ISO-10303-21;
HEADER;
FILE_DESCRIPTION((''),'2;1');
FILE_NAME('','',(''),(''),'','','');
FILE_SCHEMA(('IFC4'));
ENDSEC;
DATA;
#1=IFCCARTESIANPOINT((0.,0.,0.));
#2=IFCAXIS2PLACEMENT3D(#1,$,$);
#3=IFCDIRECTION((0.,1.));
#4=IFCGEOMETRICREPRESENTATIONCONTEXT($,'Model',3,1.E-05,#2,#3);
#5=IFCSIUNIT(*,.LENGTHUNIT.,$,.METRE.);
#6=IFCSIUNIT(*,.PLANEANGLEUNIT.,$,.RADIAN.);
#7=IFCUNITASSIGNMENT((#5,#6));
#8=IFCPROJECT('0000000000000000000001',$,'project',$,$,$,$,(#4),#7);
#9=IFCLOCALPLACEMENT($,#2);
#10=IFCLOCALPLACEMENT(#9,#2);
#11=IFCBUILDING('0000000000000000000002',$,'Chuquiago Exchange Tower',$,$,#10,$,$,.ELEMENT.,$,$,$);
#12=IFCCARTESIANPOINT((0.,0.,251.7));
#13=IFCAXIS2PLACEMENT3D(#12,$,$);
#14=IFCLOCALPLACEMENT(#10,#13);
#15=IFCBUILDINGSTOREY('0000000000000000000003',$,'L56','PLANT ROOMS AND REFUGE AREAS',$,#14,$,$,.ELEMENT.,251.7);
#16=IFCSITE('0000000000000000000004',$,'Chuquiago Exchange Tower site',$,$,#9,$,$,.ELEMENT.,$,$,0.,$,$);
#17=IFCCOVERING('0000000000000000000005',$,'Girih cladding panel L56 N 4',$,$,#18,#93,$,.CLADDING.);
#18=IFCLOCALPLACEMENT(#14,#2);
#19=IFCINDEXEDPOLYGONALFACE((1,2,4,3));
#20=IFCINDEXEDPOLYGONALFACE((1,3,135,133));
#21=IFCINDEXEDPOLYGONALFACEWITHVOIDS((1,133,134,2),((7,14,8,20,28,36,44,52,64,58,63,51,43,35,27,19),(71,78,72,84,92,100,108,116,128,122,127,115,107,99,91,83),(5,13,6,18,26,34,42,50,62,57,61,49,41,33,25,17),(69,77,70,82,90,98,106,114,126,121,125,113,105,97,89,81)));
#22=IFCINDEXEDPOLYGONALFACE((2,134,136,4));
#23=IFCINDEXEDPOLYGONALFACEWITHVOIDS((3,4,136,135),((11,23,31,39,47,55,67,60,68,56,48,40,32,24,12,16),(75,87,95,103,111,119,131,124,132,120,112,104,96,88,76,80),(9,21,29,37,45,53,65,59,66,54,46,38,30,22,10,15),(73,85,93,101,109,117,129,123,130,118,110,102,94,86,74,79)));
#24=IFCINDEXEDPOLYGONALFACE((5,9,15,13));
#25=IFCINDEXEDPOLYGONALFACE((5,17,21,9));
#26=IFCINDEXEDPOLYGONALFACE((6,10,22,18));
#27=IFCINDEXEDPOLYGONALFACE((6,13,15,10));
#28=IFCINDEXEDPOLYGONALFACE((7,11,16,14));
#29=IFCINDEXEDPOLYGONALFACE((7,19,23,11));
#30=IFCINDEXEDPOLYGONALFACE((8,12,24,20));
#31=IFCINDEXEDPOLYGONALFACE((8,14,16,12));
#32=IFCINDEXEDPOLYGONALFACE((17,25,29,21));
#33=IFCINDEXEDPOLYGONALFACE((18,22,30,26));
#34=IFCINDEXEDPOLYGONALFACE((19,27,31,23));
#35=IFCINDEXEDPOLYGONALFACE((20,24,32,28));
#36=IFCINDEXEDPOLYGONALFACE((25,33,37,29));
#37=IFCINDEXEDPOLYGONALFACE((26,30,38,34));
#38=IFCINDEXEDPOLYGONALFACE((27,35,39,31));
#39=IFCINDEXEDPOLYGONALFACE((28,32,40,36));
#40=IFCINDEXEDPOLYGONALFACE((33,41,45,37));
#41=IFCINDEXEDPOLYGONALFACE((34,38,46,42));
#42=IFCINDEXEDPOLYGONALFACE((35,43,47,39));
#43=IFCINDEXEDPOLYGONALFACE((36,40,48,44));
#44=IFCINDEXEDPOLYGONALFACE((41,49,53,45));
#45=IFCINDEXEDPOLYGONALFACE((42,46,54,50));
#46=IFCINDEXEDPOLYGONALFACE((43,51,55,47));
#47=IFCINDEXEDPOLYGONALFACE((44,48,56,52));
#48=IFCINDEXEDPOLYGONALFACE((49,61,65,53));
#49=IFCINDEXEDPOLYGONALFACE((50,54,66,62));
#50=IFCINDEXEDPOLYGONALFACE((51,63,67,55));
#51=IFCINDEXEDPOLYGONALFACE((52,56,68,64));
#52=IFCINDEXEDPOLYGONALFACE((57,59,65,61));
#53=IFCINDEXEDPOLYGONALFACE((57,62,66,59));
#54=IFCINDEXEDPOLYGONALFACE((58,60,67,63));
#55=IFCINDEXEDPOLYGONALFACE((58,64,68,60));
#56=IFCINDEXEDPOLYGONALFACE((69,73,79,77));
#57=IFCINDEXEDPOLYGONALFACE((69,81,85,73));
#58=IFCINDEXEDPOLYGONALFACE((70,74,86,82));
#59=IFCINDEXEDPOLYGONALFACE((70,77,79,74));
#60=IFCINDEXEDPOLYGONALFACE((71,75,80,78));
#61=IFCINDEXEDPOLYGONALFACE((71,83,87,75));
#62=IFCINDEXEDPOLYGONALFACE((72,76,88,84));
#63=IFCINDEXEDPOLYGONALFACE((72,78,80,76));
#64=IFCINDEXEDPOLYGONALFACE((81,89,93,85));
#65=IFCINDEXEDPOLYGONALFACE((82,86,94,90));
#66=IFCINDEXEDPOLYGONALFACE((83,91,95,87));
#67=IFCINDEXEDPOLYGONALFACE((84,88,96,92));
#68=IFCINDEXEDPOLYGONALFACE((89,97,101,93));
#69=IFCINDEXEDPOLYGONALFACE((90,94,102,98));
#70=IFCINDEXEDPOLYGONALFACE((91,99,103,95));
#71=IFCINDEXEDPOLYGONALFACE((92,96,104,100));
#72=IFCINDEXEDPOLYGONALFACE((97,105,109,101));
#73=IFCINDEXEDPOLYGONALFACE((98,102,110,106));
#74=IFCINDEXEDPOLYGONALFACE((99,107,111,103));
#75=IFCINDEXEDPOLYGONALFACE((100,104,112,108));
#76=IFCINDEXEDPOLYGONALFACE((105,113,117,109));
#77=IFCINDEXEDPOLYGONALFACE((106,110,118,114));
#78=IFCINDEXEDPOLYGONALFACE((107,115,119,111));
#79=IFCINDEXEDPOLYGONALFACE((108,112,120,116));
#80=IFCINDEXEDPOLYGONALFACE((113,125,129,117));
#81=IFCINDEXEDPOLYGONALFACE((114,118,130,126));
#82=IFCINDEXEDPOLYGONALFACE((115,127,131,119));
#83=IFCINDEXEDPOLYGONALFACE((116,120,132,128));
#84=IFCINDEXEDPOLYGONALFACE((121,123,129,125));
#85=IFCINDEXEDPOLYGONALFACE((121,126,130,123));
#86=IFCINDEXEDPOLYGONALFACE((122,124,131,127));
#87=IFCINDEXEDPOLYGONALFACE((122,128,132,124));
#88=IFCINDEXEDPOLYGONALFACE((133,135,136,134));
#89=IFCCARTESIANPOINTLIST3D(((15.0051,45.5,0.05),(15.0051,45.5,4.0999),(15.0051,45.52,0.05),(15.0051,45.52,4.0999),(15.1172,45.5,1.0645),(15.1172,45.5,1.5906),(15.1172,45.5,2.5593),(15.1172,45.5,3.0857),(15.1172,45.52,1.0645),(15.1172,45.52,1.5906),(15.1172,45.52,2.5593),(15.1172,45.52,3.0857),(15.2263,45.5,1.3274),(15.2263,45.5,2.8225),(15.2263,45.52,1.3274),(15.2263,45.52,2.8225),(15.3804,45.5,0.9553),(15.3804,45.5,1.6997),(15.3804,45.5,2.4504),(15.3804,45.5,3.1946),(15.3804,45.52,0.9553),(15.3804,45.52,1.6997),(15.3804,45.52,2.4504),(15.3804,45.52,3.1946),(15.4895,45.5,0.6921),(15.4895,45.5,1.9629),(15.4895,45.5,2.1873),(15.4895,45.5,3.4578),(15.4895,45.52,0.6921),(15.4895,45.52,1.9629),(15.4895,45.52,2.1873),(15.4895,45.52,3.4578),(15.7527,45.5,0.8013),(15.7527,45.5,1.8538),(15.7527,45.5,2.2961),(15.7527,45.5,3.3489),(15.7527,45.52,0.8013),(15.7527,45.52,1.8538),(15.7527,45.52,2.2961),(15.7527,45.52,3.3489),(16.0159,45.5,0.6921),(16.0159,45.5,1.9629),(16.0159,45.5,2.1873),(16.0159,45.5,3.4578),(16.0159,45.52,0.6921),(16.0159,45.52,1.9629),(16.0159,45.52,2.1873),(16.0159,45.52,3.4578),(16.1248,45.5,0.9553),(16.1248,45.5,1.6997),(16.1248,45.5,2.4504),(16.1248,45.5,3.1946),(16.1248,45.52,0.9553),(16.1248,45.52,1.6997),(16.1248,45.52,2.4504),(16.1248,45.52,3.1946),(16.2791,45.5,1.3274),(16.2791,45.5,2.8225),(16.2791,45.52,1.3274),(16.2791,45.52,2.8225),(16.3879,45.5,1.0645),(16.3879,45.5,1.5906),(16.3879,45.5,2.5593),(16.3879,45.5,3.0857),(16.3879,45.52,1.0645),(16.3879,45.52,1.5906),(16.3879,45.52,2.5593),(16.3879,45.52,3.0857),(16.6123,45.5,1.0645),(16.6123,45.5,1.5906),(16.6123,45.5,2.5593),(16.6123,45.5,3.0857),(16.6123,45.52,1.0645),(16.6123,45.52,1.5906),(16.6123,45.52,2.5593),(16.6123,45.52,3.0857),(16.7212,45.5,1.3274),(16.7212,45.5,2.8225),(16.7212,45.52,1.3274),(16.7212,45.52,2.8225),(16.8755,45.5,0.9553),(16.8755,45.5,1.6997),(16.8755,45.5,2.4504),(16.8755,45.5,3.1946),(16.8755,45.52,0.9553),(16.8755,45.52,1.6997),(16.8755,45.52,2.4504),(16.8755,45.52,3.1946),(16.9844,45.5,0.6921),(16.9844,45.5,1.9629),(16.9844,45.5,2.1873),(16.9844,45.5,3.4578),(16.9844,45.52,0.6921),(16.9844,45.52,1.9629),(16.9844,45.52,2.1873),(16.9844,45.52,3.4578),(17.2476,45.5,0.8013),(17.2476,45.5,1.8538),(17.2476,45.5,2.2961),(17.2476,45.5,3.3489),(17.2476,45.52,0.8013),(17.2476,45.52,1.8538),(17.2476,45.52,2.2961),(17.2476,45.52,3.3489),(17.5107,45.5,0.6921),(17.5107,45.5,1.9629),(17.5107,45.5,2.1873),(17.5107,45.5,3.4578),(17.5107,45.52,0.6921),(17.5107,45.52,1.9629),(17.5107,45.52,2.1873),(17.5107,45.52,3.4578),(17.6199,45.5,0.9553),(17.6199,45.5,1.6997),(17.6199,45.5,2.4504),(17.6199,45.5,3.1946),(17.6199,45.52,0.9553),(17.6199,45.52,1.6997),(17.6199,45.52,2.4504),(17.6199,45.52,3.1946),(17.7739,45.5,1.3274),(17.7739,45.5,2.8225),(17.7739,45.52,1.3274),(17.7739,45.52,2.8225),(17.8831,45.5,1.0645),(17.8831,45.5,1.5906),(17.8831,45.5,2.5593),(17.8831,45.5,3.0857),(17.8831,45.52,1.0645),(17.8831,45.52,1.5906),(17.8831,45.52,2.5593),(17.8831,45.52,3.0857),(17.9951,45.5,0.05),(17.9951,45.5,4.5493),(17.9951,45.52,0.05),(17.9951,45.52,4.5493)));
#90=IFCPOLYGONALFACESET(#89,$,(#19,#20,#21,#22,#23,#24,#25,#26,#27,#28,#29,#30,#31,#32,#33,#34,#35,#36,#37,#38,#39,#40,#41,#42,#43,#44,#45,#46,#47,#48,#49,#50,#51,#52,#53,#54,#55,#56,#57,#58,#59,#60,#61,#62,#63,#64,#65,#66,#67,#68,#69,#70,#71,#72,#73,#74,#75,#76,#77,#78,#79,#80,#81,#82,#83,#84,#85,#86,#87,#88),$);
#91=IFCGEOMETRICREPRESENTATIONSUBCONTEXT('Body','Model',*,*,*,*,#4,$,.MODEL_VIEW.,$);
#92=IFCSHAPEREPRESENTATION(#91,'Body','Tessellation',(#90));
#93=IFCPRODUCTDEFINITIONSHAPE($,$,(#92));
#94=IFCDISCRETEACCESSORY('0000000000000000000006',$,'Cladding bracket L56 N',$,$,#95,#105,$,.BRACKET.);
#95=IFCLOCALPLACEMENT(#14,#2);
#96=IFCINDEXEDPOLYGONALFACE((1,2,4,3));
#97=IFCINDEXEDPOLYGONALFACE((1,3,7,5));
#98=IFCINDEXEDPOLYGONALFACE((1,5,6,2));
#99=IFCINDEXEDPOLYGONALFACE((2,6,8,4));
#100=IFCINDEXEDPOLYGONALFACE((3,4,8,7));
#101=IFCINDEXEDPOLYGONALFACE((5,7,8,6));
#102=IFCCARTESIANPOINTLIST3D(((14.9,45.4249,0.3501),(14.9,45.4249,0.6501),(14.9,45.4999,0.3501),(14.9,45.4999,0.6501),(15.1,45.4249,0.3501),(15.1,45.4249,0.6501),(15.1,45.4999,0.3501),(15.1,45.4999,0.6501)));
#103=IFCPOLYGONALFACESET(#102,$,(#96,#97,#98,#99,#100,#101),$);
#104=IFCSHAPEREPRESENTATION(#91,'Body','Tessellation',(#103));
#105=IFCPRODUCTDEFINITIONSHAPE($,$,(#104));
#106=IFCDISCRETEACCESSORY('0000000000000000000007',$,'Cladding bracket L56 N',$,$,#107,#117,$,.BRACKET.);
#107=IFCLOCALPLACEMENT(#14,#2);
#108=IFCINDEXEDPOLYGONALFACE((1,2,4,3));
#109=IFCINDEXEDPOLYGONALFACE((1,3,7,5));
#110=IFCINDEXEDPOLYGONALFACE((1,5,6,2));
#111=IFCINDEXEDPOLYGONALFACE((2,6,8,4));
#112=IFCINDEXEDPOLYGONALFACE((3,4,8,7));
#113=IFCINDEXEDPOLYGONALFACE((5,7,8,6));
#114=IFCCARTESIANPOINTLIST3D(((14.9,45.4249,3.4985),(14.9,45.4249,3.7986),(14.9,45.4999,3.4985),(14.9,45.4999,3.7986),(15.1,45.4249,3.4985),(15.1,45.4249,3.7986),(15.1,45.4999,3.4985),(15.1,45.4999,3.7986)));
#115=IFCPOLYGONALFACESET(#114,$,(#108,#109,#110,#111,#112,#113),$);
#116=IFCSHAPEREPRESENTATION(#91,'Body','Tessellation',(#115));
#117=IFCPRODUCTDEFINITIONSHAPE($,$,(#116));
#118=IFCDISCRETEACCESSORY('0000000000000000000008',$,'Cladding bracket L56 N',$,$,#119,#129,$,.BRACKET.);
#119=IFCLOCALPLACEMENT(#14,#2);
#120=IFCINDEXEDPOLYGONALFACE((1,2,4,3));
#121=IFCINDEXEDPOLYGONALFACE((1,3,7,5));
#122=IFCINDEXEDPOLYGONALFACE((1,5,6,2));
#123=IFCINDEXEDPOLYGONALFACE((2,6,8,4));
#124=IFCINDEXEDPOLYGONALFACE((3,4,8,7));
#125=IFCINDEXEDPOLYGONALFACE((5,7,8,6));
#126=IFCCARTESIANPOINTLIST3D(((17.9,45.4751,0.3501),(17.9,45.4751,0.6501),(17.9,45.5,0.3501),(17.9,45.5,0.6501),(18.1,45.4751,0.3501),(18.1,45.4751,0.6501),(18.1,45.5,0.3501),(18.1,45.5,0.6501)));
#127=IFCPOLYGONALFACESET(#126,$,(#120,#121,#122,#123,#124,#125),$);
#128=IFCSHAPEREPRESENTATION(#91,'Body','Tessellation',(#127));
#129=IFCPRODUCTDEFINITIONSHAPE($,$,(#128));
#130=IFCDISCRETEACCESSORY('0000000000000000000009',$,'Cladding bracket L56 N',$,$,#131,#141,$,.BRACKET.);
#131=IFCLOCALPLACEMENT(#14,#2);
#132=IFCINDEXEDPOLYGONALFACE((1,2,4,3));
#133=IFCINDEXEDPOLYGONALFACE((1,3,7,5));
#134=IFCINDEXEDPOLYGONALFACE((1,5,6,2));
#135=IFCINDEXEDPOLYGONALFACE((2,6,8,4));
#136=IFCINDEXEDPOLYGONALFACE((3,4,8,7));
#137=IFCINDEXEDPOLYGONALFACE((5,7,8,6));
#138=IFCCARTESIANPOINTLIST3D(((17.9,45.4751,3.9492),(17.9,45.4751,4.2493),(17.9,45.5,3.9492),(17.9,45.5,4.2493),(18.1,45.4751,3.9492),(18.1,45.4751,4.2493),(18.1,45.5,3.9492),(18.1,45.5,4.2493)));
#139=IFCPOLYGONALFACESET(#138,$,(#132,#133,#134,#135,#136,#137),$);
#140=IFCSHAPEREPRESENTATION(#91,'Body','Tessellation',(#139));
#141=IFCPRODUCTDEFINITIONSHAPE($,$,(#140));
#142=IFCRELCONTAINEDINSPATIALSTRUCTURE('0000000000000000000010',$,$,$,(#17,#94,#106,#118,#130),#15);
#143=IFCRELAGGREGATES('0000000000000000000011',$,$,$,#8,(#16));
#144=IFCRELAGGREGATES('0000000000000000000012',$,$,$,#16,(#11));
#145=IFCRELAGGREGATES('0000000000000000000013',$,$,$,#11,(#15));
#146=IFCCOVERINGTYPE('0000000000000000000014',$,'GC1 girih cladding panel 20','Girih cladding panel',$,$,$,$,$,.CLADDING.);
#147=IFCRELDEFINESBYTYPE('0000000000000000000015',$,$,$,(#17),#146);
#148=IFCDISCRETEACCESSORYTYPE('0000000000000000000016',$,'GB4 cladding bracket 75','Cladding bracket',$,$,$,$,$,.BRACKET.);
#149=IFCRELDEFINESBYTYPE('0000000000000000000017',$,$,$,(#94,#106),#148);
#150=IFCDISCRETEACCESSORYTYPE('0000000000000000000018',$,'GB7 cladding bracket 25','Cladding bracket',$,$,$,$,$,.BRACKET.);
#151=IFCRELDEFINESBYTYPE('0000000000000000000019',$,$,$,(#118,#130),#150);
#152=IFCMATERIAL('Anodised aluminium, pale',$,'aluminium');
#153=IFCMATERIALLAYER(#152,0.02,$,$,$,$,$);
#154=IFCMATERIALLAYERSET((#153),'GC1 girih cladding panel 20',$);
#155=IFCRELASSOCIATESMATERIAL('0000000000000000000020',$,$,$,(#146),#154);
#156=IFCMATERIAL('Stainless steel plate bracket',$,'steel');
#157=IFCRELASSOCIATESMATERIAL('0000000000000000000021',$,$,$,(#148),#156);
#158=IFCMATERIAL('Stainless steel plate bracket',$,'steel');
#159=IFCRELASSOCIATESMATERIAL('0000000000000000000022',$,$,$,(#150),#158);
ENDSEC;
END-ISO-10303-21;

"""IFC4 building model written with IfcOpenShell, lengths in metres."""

from ifc_helpers import new_model, si_unit, direction, frame, origin, origin_2d, place, context, subcontext, project, spatial, polyline, rectangle, outline, extrude, material, layer, layer_set, type_object, element, save


model = new_model("IFC4")

# Units and contexts
model_context = context("Model", 3, precision=1e-05, world=origin(), true_north=direction((0.0, 1.0)))
body_context = subcontext(model_context, "Body", "Model", "MODEL_VIEW")
ifc_project = project(units=[si_unit("LENGTHUNIT", "METRE"), si_unit("PLANEANGLEUNIT", "RADIAN")], contexts=[model_context])

# Site, building, storey
site_placement = place(None, origin())
site = spatial("IfcSite", under=ifc_project, at=site_placement, Name="Chuquiago Exchange Tower site", CompositionType="ELEMENT", RefElevation=0.0)
building_placement = place(site_placement, origin())
building = spatial("IfcBuilding", under=site, at=building_placement, Name="Chuquiago Exchange Tower", CompositionType="ELEMENT")
storey_placement = place(building_placement, frame((0.0, 0.0, 251.7)))
storey = spatial("IfcBuildingStorey", under=building, at=storey_placement, Name="L56", Description="PLANT ROOMS AND REFUGE AREAS", CompositionType="ELEMENT", Elevation=251.7)

# Covering
ifc_material_1 = material(Name="Anodised aluminium, pale", Category="aluminium")
ifc_layer_1 = layer(ifc_material_1, 0.02)
ifc_layer_set_1 = layer_set([ifc_layer_1], Name="GC1 girih cladding panel 20")
covering_type_1 = type_object("IfcCoveringType", Name="GC1 girih cladding panel 20", Description="Girih cladding panel", PredefinedType="CLADDING", material=ifc_layer_set_1)
covering_1_placement = place(storey_placement, frame((17.9951, 45.5, 0.05), z_axis=(0.0, 0.0, 1.0), x_axis=(-1.0, 0.0, 0.0)))
element("IfcCovering", 1, at=covering_1_placement, inside=storey, type_object=covering_type_1, Name="Girih cladding panel L56 N 4", PredefinedType="CLADDING", context=body_context, shape_type="SweptSolid", body=[
    extrude(outline(polyline([(0.0, 0.0), (2.99, 0.0), (2.99, 4.0498), (0.0, 4.4993), (0.0, 0.0)]), holes=[polyline([(1.2739, 1.2773), (1.3828, 1.5405), (1.1196, 1.6497), (1.0107, 1.9128), (0.7476, 1.8037), (0.4844, 1.9128), (0.3752, 1.6497), (0.1121, 1.5405), (0.2212, 1.2773), (0.1121, 1.0144), (0.3752, 0.9053), (0.4844, 0.6421), (0.7476, 0.7512), (1.0107, 0.6421), (1.1196, 0.9053), (1.3828, 1.0144), (1.2739, 1.2773)]), polyline([(2.7688, 1.2773), (2.8779, 1.5405), (2.6147, 1.6497), (2.5056, 1.9128), (2.2424, 1.8037), (1.9792, 1.9128), (1.8704, 1.6497), (1.6072, 1.5405), (1.7161, 1.2773), (1.6072, 1.0144), (1.8704, 0.9053), (1.9792, 0.6421), (2.2424, 0.7512), (2.5056, 0.6421), (2.6147, 0.9053), (2.8779, 1.0144), (2.7688, 1.2773)]), polyline([(1.2739, 2.7725), (1.3828, 3.0356), (1.1196, 3.1445), (1.0107, 3.4077), (0.7476, 3.2988), (0.4844, 3.4077), (0.3752, 3.1445), (0.1121, 3.0356), (0.2212, 2.7725), (0.1121, 2.5093), (0.3752, 2.4004), (0.4844, 2.1372), (0.7476, 2.2461), (1.0107, 2.1372), (1.1196, 2.4004), (1.3828, 2.5093), (1.2739, 2.7725)]), polyline([(2.7688, 2.7725), (2.8779, 3.0356), (2.6147, 3.1445), (2.5056, 3.4077), (2.2424, 3.2988), (1.9792, 3.4077), (1.8704, 3.1445), (1.6072, 3.0356), (1.7161, 2.7725), (1.6072, 2.5093), (1.8704, 2.4004), (1.9792, 2.1372), (2.2424, 2.2461), (2.5056, 2.1372), (2.6147, 2.4004), (2.8779, 2.5093), (2.7688, 2.7725)])]), frame((0.0, 0.0, 0.0), z_axis=(0.0, -1.0, 0.0), x_axis=(1.0, 0.0, 0.0)), (0.0, 0.0, 1.0), 0.02),
])

# Discrete accessories
ifc_material_2 = material(Name="Stainless steel plate bracket", Category="steel")
discrete_accessory_type_1 = type_object("IfcDiscreteAccessoryType", Name="GB4 cladding bracket 75", Description="Cladding bracket", PredefinedType="BRACKET", material=ifc_material_2)
for number, where, z_axis, x_axis, name in (
    (2, (15.0, 45.4624, 0.3501), (0.0, 0.0, 1.0), (-1.0, 0.0, 0.0), "Cladding bracket L56 N"),
    (3, (15.0, 45.4624, 3.4985), (0.0, 0.0, 1.0), (-1.0, 0.0, 0.0), "Cladding bracket L56 N"),
):
    element("IfcDiscreteAccessory", number, at=place(storey_placement, frame(where, z_axis=z_axis, x_axis=x_axis)), inside=storey, type_object=discrete_accessory_type_1, Name=name, PredefinedType="BRACKET", context=body_context, shape_type="SweptSolid", body=[
        extrude(rectangle(XDim=0.2, YDim=0.075, at=origin_2d()), origin(), (0.0, 0.0, 1.0), 0.3),
    ])
ifc_material_3 = material(Name="Stainless steel plate bracket", Category="steel")
discrete_accessory_type_2 = type_object("IfcDiscreteAccessoryType", Name="GB7 cladding bracket 25", Description="Cladding bracket", PredefinedType="BRACKET", material=ifc_material_3)
for number, where, z_axis, x_axis, name in (
    (4, (18.0, 45.4875, 0.3501), (0.0, 0.0, 1.0), (-1.0, 0.0, 0.0), "Cladding bracket L56 N"),
    (5, (18.0, 45.4875, 3.9492), (0.0, 0.0, 1.0), (-1.0, 0.0, 0.0), "Cladding bracket L56 N"),
):
    element("IfcDiscreteAccessory", number, at=place(storey_placement, frame(where, z_axis=z_axis, x_axis=x_axis)), inside=storey, type_object=discrete_accessory_type_2, Name=name, PredefinedType="BRACKET", context=body_context, shape_type="SweptSolid", body=[
        extrude(rectangle(XDim=0.2, YDim=0.0249, at=origin_2d()), origin(), (0.0, 0.0, 1.0), 0.3),
    ])

save(model, "model.ifc")
